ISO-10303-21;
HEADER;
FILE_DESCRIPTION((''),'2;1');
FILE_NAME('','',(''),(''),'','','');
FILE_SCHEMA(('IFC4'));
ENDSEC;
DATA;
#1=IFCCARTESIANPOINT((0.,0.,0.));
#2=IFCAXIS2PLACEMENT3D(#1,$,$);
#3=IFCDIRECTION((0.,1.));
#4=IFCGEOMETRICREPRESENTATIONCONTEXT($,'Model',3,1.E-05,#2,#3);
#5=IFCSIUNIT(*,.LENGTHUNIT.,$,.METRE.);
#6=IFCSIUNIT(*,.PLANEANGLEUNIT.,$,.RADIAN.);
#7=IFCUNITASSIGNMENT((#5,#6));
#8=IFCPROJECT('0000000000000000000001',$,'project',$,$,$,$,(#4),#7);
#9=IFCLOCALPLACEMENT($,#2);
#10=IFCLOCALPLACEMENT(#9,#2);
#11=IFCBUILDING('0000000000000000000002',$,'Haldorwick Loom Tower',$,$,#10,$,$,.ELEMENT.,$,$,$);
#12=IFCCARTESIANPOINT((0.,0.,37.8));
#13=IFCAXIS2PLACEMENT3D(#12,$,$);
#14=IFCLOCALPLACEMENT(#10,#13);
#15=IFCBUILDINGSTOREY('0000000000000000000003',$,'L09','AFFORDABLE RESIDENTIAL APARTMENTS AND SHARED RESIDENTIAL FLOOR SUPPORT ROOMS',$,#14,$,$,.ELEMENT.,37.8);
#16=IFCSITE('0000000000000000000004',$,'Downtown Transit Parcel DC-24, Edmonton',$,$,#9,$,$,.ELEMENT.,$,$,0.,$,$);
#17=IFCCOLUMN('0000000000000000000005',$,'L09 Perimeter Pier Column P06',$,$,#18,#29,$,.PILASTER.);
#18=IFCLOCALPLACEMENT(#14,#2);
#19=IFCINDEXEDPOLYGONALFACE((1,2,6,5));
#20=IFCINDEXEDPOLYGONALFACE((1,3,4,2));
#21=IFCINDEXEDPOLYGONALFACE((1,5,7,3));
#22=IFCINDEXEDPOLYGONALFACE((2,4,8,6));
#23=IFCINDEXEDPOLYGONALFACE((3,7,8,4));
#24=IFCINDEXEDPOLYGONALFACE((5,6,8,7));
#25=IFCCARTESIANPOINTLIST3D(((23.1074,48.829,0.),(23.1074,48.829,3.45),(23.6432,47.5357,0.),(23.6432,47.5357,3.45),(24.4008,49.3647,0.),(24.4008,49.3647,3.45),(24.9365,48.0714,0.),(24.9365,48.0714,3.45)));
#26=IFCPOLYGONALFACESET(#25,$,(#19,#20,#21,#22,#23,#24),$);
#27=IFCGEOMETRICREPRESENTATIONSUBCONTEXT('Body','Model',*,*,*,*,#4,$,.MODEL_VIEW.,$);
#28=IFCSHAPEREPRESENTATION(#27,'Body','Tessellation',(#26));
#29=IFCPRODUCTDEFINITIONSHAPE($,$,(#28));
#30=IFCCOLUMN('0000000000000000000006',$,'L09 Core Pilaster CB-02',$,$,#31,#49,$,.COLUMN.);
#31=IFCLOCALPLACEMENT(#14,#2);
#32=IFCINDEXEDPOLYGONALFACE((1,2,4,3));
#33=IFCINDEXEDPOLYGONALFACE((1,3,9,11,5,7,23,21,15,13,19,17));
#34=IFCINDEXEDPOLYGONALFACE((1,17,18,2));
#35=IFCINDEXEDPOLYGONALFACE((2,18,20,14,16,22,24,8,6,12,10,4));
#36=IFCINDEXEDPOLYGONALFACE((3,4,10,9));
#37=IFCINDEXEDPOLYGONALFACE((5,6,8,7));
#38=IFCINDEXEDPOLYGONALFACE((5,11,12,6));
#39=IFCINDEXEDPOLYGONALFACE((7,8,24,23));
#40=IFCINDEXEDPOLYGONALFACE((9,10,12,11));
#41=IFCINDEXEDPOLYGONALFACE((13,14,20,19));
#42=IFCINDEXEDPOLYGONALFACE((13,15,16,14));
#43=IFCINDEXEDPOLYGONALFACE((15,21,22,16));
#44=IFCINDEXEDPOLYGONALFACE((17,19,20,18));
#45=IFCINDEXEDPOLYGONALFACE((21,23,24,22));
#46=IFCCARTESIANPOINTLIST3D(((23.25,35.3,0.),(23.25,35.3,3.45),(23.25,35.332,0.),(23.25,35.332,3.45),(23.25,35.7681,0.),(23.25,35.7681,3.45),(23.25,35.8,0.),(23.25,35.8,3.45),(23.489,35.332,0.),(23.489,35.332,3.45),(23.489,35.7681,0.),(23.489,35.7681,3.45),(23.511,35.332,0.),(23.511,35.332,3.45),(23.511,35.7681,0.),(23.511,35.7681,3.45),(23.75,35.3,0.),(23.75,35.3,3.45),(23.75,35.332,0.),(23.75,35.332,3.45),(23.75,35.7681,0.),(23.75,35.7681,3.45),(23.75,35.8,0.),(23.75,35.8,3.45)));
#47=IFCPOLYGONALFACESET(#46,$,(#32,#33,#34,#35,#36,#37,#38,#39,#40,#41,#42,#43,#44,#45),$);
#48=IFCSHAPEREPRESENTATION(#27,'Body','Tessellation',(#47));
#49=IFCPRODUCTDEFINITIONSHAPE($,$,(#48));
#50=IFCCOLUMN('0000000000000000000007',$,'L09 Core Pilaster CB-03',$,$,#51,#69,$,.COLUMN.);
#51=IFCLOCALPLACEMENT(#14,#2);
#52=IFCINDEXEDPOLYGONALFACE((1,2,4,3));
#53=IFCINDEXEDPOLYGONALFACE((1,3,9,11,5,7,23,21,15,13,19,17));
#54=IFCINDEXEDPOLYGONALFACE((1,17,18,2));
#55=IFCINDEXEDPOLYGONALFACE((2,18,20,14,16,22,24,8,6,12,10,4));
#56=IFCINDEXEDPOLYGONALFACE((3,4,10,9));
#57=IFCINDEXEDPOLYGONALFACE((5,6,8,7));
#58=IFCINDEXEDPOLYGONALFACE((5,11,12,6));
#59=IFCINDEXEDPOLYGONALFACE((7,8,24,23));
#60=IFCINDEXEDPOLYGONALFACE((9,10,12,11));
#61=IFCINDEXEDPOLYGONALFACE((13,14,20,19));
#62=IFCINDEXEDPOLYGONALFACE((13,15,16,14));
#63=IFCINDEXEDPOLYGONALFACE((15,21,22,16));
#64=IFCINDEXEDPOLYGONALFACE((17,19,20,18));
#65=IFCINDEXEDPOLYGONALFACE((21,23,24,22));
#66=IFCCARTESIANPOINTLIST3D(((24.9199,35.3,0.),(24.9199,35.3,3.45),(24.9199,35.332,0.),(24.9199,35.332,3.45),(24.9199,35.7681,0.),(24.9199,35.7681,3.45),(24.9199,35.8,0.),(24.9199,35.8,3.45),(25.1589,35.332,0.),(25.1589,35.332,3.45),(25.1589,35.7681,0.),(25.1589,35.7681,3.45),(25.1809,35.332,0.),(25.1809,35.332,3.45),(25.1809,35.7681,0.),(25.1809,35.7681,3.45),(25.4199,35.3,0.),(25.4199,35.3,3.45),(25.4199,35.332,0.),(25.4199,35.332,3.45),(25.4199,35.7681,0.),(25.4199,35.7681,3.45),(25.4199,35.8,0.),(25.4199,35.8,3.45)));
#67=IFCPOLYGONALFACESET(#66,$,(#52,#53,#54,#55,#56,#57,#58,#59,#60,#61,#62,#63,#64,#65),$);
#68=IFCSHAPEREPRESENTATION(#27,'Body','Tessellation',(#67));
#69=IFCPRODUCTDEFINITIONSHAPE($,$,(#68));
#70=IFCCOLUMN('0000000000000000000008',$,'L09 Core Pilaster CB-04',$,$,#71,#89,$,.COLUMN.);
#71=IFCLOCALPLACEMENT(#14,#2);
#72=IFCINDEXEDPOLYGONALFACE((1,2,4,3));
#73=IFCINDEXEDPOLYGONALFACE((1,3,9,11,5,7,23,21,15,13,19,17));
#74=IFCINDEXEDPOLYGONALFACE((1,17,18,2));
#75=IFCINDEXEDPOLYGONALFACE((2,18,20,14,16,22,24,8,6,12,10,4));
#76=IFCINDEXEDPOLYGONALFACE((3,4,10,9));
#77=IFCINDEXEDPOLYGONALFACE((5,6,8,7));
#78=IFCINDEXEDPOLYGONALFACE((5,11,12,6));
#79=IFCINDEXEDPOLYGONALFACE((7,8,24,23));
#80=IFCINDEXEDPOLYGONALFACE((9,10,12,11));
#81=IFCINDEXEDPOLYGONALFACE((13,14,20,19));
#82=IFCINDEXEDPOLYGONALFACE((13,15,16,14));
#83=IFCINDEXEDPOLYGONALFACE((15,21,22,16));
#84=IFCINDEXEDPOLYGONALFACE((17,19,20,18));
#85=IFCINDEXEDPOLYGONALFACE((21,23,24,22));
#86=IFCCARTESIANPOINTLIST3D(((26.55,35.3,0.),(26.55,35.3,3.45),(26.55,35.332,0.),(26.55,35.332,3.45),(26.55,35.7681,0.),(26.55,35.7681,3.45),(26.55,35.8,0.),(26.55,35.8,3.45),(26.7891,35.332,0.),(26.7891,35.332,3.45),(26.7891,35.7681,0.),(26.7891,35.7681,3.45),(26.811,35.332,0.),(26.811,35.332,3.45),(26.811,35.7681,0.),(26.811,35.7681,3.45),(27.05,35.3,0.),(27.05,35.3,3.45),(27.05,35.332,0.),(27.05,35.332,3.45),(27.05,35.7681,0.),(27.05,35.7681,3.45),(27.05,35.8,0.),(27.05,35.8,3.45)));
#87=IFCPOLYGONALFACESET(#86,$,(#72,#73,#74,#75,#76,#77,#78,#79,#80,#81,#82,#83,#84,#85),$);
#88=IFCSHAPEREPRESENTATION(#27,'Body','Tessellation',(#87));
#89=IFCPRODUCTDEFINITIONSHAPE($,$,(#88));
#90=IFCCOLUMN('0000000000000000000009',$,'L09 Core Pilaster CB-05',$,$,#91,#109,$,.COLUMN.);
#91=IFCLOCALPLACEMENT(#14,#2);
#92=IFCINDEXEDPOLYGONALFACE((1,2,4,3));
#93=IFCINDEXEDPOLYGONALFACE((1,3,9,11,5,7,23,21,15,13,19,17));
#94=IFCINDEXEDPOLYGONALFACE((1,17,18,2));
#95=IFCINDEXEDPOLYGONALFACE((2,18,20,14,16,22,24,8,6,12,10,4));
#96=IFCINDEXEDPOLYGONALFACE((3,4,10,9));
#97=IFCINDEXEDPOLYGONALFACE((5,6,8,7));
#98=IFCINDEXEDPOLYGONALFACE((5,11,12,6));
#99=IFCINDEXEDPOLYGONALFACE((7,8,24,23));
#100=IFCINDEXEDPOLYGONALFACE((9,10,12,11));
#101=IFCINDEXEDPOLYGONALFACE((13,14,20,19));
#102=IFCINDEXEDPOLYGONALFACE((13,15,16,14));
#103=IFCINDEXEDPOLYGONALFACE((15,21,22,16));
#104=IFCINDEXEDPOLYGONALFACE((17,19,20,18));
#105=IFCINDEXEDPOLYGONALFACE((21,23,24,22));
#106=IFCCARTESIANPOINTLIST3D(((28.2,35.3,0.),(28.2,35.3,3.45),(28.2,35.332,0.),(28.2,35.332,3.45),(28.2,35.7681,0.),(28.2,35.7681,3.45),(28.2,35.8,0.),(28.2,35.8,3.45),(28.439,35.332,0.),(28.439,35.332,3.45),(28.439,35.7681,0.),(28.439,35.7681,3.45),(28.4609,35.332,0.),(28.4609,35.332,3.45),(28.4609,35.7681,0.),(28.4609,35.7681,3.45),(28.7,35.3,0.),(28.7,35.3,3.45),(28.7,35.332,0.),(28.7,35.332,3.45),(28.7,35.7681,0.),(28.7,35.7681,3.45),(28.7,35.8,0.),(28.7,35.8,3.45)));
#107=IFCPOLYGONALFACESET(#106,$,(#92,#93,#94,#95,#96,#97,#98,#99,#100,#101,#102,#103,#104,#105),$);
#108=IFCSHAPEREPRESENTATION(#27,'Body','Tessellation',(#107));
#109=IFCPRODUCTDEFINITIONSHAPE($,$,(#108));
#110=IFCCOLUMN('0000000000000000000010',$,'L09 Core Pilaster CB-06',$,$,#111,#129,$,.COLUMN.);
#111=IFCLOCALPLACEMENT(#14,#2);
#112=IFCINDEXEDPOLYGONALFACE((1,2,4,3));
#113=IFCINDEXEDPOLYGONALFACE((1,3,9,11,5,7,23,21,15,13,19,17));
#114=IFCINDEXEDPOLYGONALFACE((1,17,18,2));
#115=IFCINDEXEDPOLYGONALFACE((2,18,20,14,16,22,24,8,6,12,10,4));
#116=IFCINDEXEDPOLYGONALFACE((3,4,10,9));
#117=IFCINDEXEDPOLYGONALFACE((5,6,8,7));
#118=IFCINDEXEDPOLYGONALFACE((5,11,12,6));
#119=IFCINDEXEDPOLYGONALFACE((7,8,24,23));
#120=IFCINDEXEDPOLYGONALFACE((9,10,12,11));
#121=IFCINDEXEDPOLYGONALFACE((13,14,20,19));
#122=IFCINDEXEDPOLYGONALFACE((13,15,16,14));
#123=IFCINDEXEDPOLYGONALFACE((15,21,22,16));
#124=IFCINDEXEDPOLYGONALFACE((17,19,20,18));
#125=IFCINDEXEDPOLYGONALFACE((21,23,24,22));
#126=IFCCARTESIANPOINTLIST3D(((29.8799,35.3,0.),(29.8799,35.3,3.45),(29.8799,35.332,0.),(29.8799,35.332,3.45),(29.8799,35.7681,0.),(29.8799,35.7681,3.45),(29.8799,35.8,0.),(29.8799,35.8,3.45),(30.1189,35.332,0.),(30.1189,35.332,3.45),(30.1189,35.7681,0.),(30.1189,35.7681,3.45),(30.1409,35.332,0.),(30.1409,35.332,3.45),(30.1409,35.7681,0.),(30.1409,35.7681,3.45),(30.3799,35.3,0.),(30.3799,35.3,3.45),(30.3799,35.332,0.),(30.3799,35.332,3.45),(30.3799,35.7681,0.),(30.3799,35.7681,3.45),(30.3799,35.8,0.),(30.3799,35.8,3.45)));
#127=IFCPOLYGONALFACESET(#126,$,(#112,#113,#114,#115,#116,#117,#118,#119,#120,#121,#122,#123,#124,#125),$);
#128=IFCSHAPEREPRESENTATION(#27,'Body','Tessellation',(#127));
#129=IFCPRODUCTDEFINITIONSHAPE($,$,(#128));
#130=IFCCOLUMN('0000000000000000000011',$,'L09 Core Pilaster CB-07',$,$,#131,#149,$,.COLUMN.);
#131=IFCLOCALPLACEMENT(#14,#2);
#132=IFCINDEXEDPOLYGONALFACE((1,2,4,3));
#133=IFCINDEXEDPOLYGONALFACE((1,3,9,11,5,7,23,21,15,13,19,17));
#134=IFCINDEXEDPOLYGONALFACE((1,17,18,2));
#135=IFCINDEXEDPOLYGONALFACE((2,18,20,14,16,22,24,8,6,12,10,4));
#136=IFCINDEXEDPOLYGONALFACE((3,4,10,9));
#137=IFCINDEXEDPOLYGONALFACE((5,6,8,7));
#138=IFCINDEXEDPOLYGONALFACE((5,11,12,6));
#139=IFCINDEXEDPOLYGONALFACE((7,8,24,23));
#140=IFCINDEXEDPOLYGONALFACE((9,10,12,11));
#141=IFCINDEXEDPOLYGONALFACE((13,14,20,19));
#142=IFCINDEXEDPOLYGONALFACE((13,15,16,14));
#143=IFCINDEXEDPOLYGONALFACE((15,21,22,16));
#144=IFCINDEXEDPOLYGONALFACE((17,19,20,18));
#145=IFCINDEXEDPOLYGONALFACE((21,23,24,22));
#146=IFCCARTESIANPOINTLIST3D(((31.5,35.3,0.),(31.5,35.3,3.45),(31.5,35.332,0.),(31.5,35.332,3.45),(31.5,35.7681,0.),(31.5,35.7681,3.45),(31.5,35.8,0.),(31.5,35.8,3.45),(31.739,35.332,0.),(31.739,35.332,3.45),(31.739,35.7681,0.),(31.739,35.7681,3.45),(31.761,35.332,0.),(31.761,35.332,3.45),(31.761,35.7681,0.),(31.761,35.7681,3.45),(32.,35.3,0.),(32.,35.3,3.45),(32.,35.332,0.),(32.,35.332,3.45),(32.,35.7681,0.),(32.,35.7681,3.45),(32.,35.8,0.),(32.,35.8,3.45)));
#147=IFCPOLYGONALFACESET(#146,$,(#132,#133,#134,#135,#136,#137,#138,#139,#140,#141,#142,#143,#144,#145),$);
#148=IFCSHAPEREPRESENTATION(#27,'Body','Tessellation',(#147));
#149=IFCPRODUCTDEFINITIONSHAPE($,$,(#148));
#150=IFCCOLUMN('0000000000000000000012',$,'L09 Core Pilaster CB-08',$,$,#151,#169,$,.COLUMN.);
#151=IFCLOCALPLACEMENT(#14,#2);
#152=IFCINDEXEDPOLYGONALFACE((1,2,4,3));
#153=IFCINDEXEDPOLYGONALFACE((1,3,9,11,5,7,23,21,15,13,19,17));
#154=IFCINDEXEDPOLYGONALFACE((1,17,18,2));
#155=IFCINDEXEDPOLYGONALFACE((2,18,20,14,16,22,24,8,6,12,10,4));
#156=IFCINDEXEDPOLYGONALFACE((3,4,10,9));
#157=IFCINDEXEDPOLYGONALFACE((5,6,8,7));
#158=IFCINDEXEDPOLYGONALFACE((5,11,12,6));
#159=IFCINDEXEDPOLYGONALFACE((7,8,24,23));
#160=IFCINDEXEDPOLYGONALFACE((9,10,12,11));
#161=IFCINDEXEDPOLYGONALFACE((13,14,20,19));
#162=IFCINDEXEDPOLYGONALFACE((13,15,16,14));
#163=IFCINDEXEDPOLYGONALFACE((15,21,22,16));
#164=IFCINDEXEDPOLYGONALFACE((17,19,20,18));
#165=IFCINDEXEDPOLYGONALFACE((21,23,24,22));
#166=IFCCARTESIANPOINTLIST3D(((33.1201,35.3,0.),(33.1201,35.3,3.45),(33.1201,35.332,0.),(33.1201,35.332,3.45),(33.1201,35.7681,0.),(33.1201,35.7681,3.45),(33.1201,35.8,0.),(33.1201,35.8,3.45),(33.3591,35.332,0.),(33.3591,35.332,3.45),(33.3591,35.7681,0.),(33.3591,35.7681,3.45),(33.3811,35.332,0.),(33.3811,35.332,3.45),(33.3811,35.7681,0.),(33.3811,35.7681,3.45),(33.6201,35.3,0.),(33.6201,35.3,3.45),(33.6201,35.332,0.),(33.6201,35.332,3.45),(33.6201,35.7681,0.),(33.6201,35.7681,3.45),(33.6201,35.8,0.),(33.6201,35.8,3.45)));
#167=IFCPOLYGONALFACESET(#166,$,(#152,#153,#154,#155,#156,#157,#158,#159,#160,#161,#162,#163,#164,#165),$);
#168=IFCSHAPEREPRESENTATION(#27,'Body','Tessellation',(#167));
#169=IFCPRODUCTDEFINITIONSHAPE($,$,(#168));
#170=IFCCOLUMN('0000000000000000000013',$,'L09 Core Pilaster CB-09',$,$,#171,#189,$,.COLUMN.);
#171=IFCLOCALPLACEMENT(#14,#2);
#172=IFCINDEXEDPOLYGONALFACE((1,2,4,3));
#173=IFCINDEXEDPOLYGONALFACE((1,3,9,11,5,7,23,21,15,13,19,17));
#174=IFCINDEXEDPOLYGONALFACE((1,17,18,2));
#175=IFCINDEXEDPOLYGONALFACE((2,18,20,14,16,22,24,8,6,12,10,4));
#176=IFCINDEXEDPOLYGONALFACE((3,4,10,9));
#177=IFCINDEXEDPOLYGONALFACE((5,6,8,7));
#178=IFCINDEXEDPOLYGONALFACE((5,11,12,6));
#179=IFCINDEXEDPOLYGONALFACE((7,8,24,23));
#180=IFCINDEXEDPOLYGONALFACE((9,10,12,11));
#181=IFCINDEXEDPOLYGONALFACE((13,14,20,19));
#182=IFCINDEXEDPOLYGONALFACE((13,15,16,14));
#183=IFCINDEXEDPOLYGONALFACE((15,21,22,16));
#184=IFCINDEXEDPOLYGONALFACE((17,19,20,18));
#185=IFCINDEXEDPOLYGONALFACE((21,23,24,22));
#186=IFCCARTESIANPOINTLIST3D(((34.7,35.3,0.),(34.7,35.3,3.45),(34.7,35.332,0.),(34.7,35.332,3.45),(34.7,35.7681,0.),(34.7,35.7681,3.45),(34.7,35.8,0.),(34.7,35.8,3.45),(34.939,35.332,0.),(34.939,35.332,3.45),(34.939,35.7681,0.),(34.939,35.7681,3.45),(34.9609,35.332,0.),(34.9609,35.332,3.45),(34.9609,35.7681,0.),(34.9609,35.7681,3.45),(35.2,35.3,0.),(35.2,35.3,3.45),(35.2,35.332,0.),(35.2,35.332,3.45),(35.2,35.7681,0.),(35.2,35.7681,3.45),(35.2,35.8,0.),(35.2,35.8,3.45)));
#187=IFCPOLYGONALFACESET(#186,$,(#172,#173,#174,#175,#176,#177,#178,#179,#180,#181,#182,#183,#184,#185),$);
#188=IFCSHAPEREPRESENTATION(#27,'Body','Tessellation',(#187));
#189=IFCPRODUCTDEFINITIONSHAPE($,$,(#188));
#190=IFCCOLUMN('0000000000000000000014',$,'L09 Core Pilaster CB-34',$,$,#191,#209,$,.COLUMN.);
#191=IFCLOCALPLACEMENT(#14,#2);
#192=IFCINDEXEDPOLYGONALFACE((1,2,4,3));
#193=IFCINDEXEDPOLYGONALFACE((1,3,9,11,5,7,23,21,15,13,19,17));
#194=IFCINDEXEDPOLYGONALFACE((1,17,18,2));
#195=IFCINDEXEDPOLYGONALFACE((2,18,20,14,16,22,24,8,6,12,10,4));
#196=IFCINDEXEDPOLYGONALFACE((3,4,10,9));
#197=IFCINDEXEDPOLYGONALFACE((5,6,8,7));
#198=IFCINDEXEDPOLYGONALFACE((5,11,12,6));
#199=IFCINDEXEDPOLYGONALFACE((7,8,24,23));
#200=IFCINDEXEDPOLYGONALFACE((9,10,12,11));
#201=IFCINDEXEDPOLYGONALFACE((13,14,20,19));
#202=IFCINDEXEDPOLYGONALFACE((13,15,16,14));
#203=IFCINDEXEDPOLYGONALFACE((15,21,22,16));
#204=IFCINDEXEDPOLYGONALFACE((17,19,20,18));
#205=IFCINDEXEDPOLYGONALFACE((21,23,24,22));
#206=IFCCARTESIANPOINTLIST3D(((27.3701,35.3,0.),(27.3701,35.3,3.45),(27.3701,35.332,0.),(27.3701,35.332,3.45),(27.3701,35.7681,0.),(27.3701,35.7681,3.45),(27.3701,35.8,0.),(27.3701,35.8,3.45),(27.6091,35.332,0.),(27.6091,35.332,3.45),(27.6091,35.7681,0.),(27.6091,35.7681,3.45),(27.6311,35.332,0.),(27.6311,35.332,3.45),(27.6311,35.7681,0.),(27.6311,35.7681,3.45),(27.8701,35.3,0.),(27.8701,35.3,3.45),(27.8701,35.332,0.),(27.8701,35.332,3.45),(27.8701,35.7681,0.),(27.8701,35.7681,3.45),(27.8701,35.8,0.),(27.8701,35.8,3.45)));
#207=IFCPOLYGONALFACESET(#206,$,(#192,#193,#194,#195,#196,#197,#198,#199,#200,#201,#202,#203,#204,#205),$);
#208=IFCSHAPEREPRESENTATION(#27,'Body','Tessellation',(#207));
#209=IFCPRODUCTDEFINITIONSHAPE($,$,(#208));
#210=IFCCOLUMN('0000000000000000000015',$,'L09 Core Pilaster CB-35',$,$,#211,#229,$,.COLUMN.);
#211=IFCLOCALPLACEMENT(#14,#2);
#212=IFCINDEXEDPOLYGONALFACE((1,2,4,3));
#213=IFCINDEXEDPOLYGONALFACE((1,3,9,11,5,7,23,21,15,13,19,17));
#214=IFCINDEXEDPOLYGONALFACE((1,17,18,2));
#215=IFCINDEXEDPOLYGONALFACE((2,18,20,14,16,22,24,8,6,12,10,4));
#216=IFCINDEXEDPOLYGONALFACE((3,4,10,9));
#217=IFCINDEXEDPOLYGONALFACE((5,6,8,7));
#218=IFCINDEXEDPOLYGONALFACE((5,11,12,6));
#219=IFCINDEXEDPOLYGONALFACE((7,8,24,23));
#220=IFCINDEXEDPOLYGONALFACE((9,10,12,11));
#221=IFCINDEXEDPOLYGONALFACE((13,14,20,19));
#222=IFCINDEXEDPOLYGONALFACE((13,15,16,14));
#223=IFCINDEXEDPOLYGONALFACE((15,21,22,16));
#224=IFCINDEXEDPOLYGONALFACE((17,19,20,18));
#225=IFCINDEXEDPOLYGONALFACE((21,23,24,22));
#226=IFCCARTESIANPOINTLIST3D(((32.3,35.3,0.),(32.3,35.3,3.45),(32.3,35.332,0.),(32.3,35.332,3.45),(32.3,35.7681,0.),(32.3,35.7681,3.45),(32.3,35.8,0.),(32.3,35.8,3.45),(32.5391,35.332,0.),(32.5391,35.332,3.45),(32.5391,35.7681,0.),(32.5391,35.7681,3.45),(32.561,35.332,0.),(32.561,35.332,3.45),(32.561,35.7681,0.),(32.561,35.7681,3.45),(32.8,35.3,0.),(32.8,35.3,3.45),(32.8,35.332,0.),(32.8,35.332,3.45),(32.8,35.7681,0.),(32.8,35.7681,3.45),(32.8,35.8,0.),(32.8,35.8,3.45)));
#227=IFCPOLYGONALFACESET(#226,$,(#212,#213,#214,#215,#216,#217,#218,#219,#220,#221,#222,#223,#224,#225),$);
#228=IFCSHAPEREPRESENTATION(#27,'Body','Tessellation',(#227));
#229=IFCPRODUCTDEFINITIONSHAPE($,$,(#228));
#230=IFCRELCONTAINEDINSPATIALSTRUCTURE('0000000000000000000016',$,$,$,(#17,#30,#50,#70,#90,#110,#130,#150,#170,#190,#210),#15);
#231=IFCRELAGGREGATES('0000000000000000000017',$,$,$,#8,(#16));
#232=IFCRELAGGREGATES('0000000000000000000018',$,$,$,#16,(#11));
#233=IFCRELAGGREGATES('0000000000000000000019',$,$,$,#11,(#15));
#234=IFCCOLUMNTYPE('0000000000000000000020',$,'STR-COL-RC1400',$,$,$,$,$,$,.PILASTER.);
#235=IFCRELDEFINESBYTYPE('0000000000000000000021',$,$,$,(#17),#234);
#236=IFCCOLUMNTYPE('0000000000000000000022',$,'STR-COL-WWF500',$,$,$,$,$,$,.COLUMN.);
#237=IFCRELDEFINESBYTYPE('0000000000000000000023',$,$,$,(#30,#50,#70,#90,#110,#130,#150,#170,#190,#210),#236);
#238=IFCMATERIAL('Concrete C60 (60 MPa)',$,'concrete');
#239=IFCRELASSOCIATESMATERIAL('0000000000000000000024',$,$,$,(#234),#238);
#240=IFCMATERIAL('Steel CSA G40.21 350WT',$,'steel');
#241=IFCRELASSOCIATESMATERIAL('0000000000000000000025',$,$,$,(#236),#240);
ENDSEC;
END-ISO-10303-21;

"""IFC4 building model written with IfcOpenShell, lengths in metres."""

from ifc_helpers import new_model, si_unit, direction, frame, origin, origin_2d, place, context, subcontext, project, spatial, rectangle, i_section, extrude, material, material_profile, profile_set, type_object, element, save


model = new_model("IFC4")

# Units and contexts
model_context = context("Model", 3, precision=1e-05, world=origin(), true_north=direction((0.0, 1.0)))
body_context = subcontext(model_context, "Body", "Model", "MODEL_VIEW")
ifc_project = project(units=[si_unit("LENGTHUNIT", "METRE"), si_unit("PLANEANGLEUNIT", "RADIAN")], contexts=[model_context])

# Site, building, storey
site_placement = place(None, origin())
site = spatial("IfcSite", under=ifc_project, at=site_placement, Name="Downtown Transit Parcel DC-24, Edmonton", CompositionType="ELEMENT", RefElevation=0.0)
building_placement = place(site_placement, origin())
building = spatial("IfcBuilding", under=site, at=building_placement, Name="Haldorwick Loom Tower", CompositionType="ELEMENT")
storey_placement = place(building_placement, frame((0.0, 0.0, 37.8)))
storey = spatial("IfcBuildingStorey", under=building, at=storey_placement, Name="L09", Description="AFFORDABLE RESIDENTIAL APARTMENTS AND SHARED RESIDENTIAL FLOOR SUPPORT ROOMS", CompositionType="ELEMENT", Elevation=37.8)

# Columns
ifc_material_1 = material(Name="Concrete C60 (60 MPa)", Category="concrete")
ifc_material_profile_1 = material_profile(ifc_material_1, rectangle(XDim=1.3999, YDim=1.3999, at=origin_2d()), Name="RC1400X1400", Category="concrete")
ifc_profile_set_1 = profile_set([ifc_material_profile_1], Name="Concrete C60 (60 MPa)")
column_type_1 = type_object("IfcColumnType", Name="STR-COL-RC1400", PredefinedType="PILASTER", material=ifc_profile_set_1)
column_placement = place(storey_placement, frame((24.022, 48.4502, 0.0), z_axis=(0.0, 0.0, 1.0), x_axis=(-0.382683, 0.92388, 0.0)))
element("IfcColumn", 1, at=column_placement, inside=storey, type_object=column_type_1, Name="L09 Perimeter Pier Column P06", PredefinedType="PILASTER", context=body_context, shape_type="SweptSolid", body=[
    extrude(rectangle(XDim=1.3999, YDim=1.3999, at=origin_2d()), origin(), (0.0, 0.0, 1.0), 3.45),
])
ifc_material_2 = material(Name="Steel CSA G40.21 350WT", Category="steel")
ifc_material_profile_2 = material_profile(ifc_material_2, i_section(OverallWidth=0.5, OverallDepth=0.5, WebThickness=0.022, FlangeThickness=0.032, at=origin_2d()), Name="WWF500X500", Category="steel")
ifc_profile_set_2 = profile_set([ifc_material_profile_2], Name="Steel CSA G40.21 350WT")
column_type_2 = type_object("IfcColumnType", Name="STR-COL-WWF500", PredefinedType="COLUMN", material=ifc_profile_set_2)
for number, where, z_axis, x_axis, name in (
    (2, (23.5, 35.55, 0.0), (0.0, 0.0, 1.0), (1.0, 0.0, 0.0), "L09 Core Pilaster CB-02"),
    (3, (25.1699, 35.55, 0.0), (0.0, 0.0, 1.0), (1.0, 0.0, 0.0), "L09 Core Pilaster CB-03"),
    (4, (26.8, 35.55, 0.0), (0.0, 0.0, 1.0), (1.0, 0.0, 0.0), "L09 Core Pilaster CB-04"),
    (5, (28.45, 35.55, 0.0), (0.0, 0.0, 1.0), (1.0, 0.0, 0.0), "L09 Core Pilaster CB-05"),
    (6, (30.1299, 35.55, 0.0), (0.0, 0.0, 1.0), (1.0, 0.0, 0.0), "L09 Core Pilaster CB-06"),
    (7, (31.75, 35.55, 0.0), (0.0, 0.0, 1.0), (1.0, 0.0, 0.0), "L09 Core Pilaster CB-07"),
    (8, (33.3701, 35.55, 0.0), (0.0, 0.0, 1.0), (1.0, 0.0, 0.0), "L09 Core Pilaster CB-08"),
    (9, (34.95, 35.55, 0.0), (0.0, 0.0, 1.0), (1.0, 0.0, 0.0), "L09 Core Pilaster CB-09"),
    (10, (27.6201, 35.55, 0.0), (0.0, 0.0, 1.0), (1.0, 0.0, 0.0), "L09 Core Pilaster CB-34"),
    (11, (32.55, 35.55, 0.0), (0.0, 0.0, 1.0), (1.0, 0.0, 0.0), "L09 Core Pilaster CB-35"),
):
    element("IfcColumn", number, at=place(storey_placement, frame(where, z_axis=z_axis, x_axis=x_axis)), inside=storey, type_object=column_type_2, Name=name, PredefinedType="COLUMN", context=body_context, shape_type="SweptSolid", body=[
        extrude(i_section(OverallWidth=0.5, OverallDepth=0.5, WebThickness=0.022, FlangeThickness=0.032, at=origin_2d()), origin(), (0.0, 0.0, 1.0), 3.45),
    ])

save(model, "model.ifc")
